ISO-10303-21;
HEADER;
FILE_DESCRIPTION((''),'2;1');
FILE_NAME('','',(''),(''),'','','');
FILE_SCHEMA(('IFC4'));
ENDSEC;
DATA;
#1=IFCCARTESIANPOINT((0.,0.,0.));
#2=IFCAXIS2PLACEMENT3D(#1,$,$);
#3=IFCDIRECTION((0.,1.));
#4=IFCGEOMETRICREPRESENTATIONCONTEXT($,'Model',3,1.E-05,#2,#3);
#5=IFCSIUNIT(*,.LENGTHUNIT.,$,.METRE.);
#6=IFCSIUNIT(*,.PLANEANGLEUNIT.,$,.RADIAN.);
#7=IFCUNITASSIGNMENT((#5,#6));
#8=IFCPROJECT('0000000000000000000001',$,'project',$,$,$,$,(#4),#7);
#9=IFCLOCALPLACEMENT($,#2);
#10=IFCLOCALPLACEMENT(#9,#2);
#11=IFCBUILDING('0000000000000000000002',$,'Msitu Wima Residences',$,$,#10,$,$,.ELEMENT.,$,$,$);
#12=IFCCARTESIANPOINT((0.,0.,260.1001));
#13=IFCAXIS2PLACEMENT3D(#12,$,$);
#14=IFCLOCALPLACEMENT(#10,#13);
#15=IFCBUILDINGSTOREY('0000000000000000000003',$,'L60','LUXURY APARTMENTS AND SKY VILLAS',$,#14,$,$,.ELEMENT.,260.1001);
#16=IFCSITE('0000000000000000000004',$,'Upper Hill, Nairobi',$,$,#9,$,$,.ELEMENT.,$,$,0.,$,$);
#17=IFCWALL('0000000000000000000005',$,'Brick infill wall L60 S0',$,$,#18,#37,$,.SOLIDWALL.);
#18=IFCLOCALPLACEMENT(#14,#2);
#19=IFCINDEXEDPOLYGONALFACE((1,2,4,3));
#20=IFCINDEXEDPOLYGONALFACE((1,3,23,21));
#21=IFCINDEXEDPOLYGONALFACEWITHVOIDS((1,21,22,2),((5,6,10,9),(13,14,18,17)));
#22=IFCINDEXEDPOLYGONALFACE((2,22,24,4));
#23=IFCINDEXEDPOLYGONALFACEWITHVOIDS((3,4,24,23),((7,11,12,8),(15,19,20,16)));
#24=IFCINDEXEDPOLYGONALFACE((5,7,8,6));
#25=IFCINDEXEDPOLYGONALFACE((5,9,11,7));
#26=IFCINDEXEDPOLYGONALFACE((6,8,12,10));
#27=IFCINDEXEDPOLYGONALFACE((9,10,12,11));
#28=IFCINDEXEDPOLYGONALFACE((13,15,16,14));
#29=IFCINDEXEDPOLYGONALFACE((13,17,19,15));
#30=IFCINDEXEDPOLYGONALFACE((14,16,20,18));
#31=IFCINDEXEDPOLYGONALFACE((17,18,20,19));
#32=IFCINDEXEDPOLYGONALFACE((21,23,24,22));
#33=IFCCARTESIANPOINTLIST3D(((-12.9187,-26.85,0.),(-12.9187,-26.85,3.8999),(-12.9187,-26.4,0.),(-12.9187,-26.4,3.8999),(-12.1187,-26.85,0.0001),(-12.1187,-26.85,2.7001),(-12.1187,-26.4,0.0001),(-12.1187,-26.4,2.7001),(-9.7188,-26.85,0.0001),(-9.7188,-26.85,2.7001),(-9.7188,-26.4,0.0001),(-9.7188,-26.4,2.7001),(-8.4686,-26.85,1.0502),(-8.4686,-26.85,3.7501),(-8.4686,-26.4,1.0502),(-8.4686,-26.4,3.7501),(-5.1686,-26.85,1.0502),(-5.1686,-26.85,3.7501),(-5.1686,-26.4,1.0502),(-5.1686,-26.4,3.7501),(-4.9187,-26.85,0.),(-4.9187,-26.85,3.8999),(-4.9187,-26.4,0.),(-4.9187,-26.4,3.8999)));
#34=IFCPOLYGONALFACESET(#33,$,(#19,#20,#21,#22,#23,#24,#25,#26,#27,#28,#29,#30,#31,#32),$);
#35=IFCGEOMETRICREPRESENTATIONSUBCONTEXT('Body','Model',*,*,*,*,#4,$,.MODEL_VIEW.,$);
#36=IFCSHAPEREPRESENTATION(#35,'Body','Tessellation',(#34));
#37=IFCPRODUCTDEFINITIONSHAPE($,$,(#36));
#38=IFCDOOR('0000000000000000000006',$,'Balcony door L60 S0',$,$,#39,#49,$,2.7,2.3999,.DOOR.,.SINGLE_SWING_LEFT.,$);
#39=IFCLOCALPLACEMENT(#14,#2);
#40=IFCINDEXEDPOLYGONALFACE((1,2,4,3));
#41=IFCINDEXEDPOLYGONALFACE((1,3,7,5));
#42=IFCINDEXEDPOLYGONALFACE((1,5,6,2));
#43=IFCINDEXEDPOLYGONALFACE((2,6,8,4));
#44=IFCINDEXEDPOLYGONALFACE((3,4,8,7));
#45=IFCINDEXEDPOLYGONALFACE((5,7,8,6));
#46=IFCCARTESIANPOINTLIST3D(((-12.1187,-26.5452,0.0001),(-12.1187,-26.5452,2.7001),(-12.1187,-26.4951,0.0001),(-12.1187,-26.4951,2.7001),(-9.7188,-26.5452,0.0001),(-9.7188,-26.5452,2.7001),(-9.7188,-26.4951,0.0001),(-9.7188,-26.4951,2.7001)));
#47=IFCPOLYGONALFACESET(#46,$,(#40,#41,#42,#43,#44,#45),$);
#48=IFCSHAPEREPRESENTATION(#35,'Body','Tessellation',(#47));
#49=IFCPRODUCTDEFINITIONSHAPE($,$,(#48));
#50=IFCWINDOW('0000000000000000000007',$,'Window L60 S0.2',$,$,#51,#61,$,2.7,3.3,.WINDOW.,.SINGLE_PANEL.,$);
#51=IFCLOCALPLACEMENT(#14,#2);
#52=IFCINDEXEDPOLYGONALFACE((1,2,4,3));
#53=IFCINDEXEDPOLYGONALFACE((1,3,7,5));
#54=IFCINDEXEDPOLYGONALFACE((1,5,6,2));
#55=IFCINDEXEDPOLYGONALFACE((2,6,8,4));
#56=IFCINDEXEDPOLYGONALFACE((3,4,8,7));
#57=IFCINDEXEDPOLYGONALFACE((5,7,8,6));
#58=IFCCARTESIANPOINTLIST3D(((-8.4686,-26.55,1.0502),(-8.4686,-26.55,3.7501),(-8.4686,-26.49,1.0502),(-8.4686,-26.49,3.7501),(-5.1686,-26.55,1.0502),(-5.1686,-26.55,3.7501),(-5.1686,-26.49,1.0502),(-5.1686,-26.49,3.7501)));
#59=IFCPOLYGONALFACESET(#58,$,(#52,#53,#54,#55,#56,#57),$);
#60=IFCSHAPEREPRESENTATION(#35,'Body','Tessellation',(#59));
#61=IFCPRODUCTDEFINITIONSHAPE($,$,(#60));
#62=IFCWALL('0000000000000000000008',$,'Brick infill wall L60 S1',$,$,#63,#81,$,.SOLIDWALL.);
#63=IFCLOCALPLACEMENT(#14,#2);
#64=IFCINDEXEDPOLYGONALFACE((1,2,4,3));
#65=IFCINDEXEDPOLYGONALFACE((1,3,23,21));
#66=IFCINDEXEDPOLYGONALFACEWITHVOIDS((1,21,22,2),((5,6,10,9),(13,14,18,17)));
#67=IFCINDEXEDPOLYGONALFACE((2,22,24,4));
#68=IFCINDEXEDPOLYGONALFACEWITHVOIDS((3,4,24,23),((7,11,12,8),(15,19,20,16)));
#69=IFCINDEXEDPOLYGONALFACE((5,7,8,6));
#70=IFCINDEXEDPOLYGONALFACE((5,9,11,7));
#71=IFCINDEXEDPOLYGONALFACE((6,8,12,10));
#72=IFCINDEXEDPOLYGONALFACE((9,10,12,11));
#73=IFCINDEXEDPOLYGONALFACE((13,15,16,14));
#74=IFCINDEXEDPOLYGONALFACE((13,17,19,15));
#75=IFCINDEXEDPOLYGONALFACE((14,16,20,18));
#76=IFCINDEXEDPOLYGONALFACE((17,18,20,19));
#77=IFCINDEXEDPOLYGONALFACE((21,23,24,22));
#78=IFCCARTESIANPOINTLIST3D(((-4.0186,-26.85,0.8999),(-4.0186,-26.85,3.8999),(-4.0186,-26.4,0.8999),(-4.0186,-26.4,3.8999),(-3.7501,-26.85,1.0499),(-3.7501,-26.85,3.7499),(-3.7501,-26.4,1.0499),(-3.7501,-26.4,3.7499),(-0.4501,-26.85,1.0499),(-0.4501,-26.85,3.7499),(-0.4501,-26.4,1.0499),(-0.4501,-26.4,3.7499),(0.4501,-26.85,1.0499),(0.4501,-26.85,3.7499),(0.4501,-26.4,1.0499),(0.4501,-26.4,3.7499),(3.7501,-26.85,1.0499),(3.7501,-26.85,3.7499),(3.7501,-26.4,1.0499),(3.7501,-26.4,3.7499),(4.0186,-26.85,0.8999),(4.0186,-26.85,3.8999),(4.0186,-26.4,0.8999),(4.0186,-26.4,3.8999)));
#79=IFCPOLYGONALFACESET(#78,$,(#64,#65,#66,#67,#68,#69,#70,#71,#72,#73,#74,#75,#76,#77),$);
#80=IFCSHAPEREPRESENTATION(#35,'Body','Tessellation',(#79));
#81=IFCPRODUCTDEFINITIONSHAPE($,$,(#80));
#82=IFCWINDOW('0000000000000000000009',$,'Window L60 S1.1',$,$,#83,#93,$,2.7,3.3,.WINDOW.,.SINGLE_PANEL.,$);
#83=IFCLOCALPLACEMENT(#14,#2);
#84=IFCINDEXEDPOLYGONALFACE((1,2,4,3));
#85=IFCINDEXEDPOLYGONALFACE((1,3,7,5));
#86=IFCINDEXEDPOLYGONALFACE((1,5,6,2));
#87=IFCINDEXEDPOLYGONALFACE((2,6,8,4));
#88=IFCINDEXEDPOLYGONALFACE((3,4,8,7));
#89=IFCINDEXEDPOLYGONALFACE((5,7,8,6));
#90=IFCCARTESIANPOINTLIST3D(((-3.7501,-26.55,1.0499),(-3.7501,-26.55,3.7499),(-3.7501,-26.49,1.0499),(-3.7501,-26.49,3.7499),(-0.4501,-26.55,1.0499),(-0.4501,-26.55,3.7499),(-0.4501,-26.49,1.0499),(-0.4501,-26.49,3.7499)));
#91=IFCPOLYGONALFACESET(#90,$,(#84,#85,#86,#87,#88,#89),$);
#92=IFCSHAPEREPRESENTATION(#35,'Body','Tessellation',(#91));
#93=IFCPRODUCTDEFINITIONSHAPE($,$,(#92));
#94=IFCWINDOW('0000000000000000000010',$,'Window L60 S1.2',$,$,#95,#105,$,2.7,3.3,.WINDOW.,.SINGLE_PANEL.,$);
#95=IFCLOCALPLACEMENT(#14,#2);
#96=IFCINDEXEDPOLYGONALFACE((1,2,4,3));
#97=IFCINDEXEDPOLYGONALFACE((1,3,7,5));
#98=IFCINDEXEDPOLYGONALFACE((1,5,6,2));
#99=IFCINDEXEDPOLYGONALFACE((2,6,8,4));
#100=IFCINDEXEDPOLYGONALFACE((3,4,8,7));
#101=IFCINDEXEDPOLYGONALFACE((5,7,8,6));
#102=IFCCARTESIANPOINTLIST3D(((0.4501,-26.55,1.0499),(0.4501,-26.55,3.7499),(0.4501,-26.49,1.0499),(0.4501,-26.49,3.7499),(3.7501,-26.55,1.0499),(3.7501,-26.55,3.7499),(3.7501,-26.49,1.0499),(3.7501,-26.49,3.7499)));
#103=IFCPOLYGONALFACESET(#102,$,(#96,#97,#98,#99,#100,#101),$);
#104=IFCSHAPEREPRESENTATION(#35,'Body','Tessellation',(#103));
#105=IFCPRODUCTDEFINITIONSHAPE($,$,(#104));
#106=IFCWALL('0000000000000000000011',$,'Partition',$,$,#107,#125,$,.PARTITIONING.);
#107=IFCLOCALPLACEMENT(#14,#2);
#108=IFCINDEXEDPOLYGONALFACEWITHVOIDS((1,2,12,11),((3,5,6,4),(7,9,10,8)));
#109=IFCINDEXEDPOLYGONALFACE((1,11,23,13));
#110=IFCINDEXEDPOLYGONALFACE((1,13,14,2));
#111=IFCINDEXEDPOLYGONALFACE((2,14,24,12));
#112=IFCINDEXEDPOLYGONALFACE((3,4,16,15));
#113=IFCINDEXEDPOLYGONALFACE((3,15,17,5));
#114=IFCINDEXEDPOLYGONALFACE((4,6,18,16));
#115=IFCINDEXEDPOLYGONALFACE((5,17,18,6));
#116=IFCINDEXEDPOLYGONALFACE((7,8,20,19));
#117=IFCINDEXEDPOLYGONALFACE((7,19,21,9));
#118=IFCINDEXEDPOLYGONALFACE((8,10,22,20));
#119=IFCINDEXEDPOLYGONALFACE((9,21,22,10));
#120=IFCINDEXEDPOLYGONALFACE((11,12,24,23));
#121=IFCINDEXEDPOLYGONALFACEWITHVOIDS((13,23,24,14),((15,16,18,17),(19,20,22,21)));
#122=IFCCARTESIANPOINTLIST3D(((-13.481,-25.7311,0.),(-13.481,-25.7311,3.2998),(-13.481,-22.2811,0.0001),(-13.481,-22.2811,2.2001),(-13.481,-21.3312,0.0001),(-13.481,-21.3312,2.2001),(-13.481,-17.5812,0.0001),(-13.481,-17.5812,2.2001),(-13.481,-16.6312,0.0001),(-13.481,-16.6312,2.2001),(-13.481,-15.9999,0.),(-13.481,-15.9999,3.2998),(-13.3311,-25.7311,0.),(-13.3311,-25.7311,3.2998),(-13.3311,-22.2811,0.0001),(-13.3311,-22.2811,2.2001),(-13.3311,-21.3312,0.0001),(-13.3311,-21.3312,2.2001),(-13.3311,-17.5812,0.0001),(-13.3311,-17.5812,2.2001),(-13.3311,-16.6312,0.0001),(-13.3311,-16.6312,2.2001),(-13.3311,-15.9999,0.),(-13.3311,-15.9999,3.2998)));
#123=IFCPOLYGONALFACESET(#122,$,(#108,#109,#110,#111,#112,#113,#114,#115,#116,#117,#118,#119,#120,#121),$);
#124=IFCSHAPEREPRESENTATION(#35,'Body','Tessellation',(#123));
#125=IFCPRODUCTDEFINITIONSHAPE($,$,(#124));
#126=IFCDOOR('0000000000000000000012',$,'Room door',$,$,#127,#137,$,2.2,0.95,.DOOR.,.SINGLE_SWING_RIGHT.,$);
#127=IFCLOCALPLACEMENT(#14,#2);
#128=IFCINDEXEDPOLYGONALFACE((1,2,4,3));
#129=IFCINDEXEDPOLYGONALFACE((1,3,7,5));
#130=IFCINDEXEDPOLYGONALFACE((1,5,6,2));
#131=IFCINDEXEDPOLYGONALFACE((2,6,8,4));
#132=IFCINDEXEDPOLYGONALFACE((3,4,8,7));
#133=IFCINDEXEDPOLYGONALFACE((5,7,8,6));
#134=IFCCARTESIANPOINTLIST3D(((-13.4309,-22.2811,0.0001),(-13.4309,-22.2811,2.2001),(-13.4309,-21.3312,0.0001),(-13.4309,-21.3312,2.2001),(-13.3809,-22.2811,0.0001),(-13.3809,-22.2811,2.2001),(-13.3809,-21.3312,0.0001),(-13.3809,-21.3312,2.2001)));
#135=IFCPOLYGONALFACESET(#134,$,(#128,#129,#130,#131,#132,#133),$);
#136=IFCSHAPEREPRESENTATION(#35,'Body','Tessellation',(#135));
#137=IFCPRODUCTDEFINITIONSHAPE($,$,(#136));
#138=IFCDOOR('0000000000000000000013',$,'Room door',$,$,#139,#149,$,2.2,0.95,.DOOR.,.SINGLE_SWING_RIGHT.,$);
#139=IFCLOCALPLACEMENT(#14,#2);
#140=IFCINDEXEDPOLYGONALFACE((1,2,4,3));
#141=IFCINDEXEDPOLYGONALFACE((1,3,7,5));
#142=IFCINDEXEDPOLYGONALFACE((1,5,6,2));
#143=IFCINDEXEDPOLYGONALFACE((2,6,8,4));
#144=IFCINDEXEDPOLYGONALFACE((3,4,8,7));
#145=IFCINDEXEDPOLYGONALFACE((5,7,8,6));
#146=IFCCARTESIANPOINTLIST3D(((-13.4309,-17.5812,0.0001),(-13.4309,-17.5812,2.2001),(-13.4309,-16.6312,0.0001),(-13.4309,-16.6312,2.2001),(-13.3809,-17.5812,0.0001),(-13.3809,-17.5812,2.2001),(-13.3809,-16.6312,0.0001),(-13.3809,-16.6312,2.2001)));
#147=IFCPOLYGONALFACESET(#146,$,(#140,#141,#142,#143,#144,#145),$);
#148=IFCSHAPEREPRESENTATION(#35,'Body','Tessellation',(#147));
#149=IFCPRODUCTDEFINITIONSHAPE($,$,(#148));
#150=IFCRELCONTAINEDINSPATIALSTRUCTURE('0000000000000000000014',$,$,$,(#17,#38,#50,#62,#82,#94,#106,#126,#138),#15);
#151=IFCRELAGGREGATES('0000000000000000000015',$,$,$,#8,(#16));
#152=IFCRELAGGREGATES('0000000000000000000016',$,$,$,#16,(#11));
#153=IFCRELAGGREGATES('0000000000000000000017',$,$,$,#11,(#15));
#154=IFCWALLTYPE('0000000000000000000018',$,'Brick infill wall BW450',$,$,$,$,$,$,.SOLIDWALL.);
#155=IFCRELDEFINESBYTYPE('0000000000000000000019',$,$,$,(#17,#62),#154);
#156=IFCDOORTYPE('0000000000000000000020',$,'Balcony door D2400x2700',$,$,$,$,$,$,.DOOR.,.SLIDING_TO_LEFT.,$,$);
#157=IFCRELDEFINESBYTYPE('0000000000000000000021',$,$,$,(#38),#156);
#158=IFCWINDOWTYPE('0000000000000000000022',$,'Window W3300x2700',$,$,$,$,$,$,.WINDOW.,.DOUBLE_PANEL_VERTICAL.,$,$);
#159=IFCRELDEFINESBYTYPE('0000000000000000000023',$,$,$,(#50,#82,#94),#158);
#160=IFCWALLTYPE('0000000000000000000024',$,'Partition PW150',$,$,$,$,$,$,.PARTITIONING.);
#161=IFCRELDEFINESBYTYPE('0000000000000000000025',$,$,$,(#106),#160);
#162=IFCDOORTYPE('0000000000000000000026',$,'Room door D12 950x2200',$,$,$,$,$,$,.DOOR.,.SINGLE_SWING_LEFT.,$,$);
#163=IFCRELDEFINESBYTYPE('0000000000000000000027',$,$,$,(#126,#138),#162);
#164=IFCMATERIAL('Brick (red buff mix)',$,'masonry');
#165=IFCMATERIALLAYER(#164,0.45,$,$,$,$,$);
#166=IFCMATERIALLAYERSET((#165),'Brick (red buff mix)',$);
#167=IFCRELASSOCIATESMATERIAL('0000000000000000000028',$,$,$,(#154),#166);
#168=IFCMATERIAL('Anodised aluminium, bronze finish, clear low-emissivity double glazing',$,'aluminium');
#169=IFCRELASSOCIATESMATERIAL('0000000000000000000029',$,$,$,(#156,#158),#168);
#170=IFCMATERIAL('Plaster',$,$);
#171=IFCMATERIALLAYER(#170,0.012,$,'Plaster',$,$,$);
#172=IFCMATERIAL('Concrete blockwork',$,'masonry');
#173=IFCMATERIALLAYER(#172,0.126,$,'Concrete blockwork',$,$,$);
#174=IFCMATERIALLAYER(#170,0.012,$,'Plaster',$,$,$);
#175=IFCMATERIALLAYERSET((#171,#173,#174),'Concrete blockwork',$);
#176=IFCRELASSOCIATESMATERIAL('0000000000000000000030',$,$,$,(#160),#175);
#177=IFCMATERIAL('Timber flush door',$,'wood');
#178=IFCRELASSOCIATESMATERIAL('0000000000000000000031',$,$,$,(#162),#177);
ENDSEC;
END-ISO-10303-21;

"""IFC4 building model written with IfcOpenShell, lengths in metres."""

from ifc_helpers import new_model, si_unit, direction, frame, frame_2d, origin, place, context, subcontext, project, spatial, rectangle, extrude, material, layer, layer_set, type_object, element, fill, save


model = new_model("IFC4")

# Units and contexts
model_context = context("Model", 3, precision=1e-05, world=origin(), true_north=direction((0.0, 1.0)))
body_context = subcontext(model_context, "Body", "Model", "MODEL_VIEW")
ifc_project = project(units=[si_unit("LENGTHUNIT", "METRE"), si_unit("PLANEANGLEUNIT", "RADIAN")], contexts=[model_context])

# Site, building, storey
site_placement = place(None, origin())
site = spatial("IfcSite", under=ifc_project, at=site_placement, Name="Upper Hill, Nairobi", CompositionType="ELEMENT", RefElevation=0.0)
building_placement = place(site_placement, origin())
building = spatial("IfcBuilding", under=site, at=building_placement, Name="Msitu Wima Residences", CompositionType="ELEMENT")
storey_placement = place(building_placement, frame((0.0, 0.0, 260.1001)))
storey = spatial("IfcBuildingStorey", under=building, at=storey_placement, Name="L60", Description="LUXURY APARTMENTS AND SKY VILLAS", CompositionType="ELEMENT", Elevation=260.1001)

# Wall, openings, door, window
ifc_material_1 = material(Name="Brick (red buff mix)", Category="masonry")
ifc_layer_1 = layer(ifc_material_1, 0.45)
ifc_layer_set_1 = layer_set([ifc_layer_1], Name="Brick (red buff mix)")
wall_type_1 = type_object("IfcWallType", Name="Brick infill wall BW450", PredefinedType="SOLIDWALL", material=ifc_layer_set_1)
wall_1_placement = place(storey_placement, frame((-12.9187, -26.625, 0.0), z_axis=(0.0, 0.0, 1.0), x_axis=(1.0, 0.0, 0.0)))
wall_1 = element("IfcWall", 1, at=wall_1_placement, inside=storey, type_object=wall_type_1, Name="Brick infill wall L60 S0", PredefinedType="SOLIDWALL", context=body_context, shape_type="SweptSolid", body=[
    extrude(rectangle(XDim=8.0, YDim=0.45, at=frame_2d((4.0, 0.0))), origin(), (0.0, 0.0, 1.0), 3.8999),
])
opening_1_placement = place(wall_1_placement, frame((0.8, 0.0, 0.0)))
opening_1 = element("IfcOpeningElement", 2, at=opening_1_placement, cuts=wall_1, PredefinedType="OPENING", context=body_context, shape_type="SweptSolid", body=[
    extrude(rectangle(XDim=2.3999, YDim=2.7, at=frame_2d((1.2, 1.3501))), frame((0.0, 0.2349, 0.0), z_axis=(0.0, -1.0, 0.0), x_axis=(1.0, 0.0, 0.0)), (0.0, 0.0, 1.0), 0.47),
])
opening_2_placement = place(wall_1_placement, frame((4.4502, 0.0, 1.05)))
opening_2 = element("IfcOpeningElement", 3, at=opening_2_placement, cuts=wall_1, PredefinedType="OPENING", context=body_context, shape_type="SweptSolid", body=[
    extrude(rectangle(XDim=3.3, YDim=2.7, at=frame_2d((1.6499, 1.3501))), frame((0.0, 0.2349, 0.0), z_axis=(0.0, -1.0, 0.0), x_axis=(1.0, 0.0, 0.0)), (0.0, 0.0, 1.0), 0.47),
])
ifc_material_2 = material(Name="Anodised aluminium, bronze finish, clear low-emissivity double glazing", Category="aluminium")
door_type_1 = type_object("IfcDoorType", Name="Balcony door D2400x2700", OperationType="SLIDING_TO_LEFT", PredefinedType="DOOR", material=ifc_material_2)
door_1_placement = place(opening_1_placement, origin())
door_1 = element("IfcDoor", 4, at=door_1_placement, inside=storey, type_object=door_type_1, Name="Balcony door L60 S0", OperationType="SINGLE_SWING_LEFT", OverallHeight=2.7, OverallWidth=2.3999, PredefinedType="DOOR", context=body_context, shape_type="SweptSolid", body=[
    extrude(rectangle(XDim=2.3999, YDim=2.7, at=frame_2d((1.2, 1.3501))), frame((0.0, 0.1299, 0.0), z_axis=(0.0, -1.0, 0.0), x_axis=(1.0, 0.0, 0.0)), (0.0, 0.0, 1.0), 0.05),
])
fill(opening_1, door_1)
window_type = type_object("IfcWindowType", Name="Window W3300x2700", PartitioningType="DOUBLE_PANEL_VERTICAL", PredefinedType="WINDOW", material=ifc_material_2)
window_1_placement = place(opening_2_placement, origin())
window_1 = element("IfcWindow", 5, at=window_1_placement, inside=storey, type_object=window_type, Name="Window L60 S0.2", OverallHeight=2.7, OverallWidth=3.3, PartitioningType="SINGLE_PANEL", PredefinedType="WINDOW", context=body_context, shape_type="SweptSolid", body=[
    extrude(rectangle(XDim=3.3, YDim=2.7, at=frame_2d((1.6499, 1.3501))), frame((0.0, 0.135, 0.0), z_axis=(0.0, -1.0, 0.0), x_axis=(1.0, 0.0, 0.0)), (0.0, 0.0, 1.0), 0.0601),
])
fill(opening_2, window_1)

# Wall, openings, windows
wall_2_placement = place(storey_placement, frame((-4.0186, -26.625, 0.8999), z_axis=(0.0, 0.0, 1.0), x_axis=(1.0, 0.0, 0.0)))
wall_2 = element("IfcWall", 6, at=wall_2_placement, inside=storey, type_object=wall_type_1, Name="Brick infill wall L60 S1", PredefinedType="SOLIDWALL", context=body_context, shape_type="SweptSolid", body=[
    extrude(rectangle(XDim=8.0371, YDim=0.45, at=frame_2d((4.0186, 0.0))), origin(), (0.0, 0.0, 1.0), 3.0),
])
opening_3_placement = place(wall_2_placement, frame((0.2686, 0.0, 0.1499)))
opening_3 = element("IfcOpeningElement", 7, at=opening_3_placement, cuts=wall_2, PredefinedType="OPENING", context=body_context, shape_type="SweptSolid", body=[
    extrude(rectangle(XDim=3.3, YDim=2.7, at=frame_2d((1.6499, 1.3501))), frame((0.0, 0.2349, 0.0), z_axis=(0.0, -1.0, 0.0), x_axis=(1.0, 0.0, 0.0)), (0.0, 0.0, 1.0), 0.47),
])
opening_4_placement = place(wall_2_placement, frame((4.4688, 0.0, 0.1499)))
opening_4 = element("IfcOpeningElement", 8, at=opening_4_placement, cuts=wall_2, PredefinedType="OPENING", context=body_context, shape_type="SweptSolid", body=[
    extrude(rectangle(XDim=3.3, YDim=2.7, at=frame_2d((1.6499, 1.3501))), frame((0.0, 0.2349, 0.0), z_axis=(0.0, -1.0, 0.0), x_axis=(1.0, 0.0, 0.0)), (0.0, 0.0, 1.0), 0.47),
])
window_2_placement = place(opening_3_placement, origin())
window_2 = element("IfcWindow", 9, at=window_2_placement, inside=storey, type_object=window_type, Name="Window L60 S1.1", OverallHeight=2.7, OverallWidth=3.3, PartitioningType="SINGLE_PANEL", PredefinedType="WINDOW", context=body_context, shape_type="SweptSolid", body=[
    extrude(rectangle(XDim=3.3, YDim=2.7, at=frame_2d((1.6499, 1.3501))), frame((0.0, 0.135, 0.0), z_axis=(0.0, -1.0, 0.0), x_axis=(1.0, 0.0, 0.0)), (0.0, 0.0, 1.0), 0.0601),
])
fill(opening_3, window_2)
window_3_placement = place(opening_4_placement, origin())
window_3 = element("IfcWindow", 10, at=window_3_placement, inside=storey, type_object=window_type, Name="Window L60 S1.2", OverallHeight=2.7, OverallWidth=3.3, PartitioningType="SINGLE_PANEL", PredefinedType="WINDOW", context=body_context, shape_type="SweptSolid", body=[
    extrude(rectangle(XDim=3.3, YDim=2.7, at=frame_2d((1.6499, 1.3501))), frame((0.0, 0.135, 0.0), z_axis=(0.0, -1.0, 0.0), x_axis=(1.0, 0.0, 0.0)), (0.0, 0.0, 1.0), 0.0601),
])
fill(opening_4, window_3)

# Wall, openings, doors
ifc_material_3 = material(Name="Plaster")
ifc_layer_2 = layer(ifc_material_3, 0.012, Name="Plaster")
ifc_material_4 = material(Name="Concrete blockwork", Category="masonry")
ifc_layer_3 = layer(ifc_material_4, 0.126, Name="Concrete blockwork")
ifc_layer_4 = layer(ifc_material_3, 0.012, Name="Plaster")
ifc_layer_set_2 = layer_set([ifc_layer_2, ifc_layer_3, ifc_layer_4], Name="Concrete blockwork")
wall_type_2 = type_object("IfcWallType", Name="Partition PW150", PredefinedType="PARTITIONING", material=ifc_layer_set_2)
wall_3_placement = place(storey_placement, frame((-13.406, -25.7312, 0.0), z_axis=(0.0, 0.0, 1.0), x_axis=(0.0, 1.0, 0.0)))
wall_3 = element("IfcWall", 11, at=wall_3_placement, inside=storey, type_object=wall_type_2, Name="Partition", PredefinedType="PARTITIONING", context=body_context, shape_type="SweptSolid", body=[
    extrude(rectangle(XDim=9.7312, YDim=0.1499, at=frame_2d((4.8657, 0.0))), origin(), (0.0, 0.0, 1.0), 3.2998),
])
opening_5_placement = place(wall_3_placement, frame((3.45, 0.0, 0.0)))
opening_5 = element("IfcOpeningElement", 12, at=opening_5_placement, cuts=wall_3, PredefinedType="OPENING", context=body_context, shape_type="SweptSolid", body=[
    extrude(rectangle(XDim=0.95, YDim=2.2, at=frame_2d((0.4751, 1.1001))), frame((0.0, 0.085, 0.0), z_axis=(0.0, -1.0, 0.0), x_axis=(1.0, 0.0, 0.0)), (0.0, 0.0, 1.0), 0.1699),
])
opening_6_placement = place(wall_3_placement, frame((8.1499, 0.0, 0.0)))
opening_6 = element("IfcOpeningElement", 13, at=opening_6_placement, cuts=wall_3, PredefinedType="OPENING", context=body_context, shape_type="SweptSolid", body=[
    extrude(rectangle(XDim=0.95, YDim=2.2, at=frame_2d((0.4751, 1.1001))), frame((0.0, 0.085, 0.0), z_axis=(0.0, -1.0, 0.0), x_axis=(1.0, 0.0, 0.0)), (0.0, 0.0, 1.0), 0.1699),
])
ifc_material_5 = material(Name="Timber flush door", Category="wood")
door_type_2 = type_object("IfcDoorType", Name="Room door D12 950x2200", OperationType="SINGLE_SWING_LEFT", PredefinedType="DOOR", material=ifc_material_5)
door_2_placement = place(opening_5_placement, origin())
door_2 = element("IfcDoor", 14, at=door_2_placement, inside=storey, type_object=door_type_2, Name="Room door", OperationType="SINGLE_SWING_RIGHT", OverallHeight=2.2, OverallWidth=0.95, PredefinedType="DOOR", context=body_context, shape_type="SweptSolid", body=[
    extrude(rectangle(XDim=0.95, YDim=2.2, at=frame_2d((0.4751, 1.1001))), frame((0.0, 0.0249, 0.0), z_axis=(0.0, -1.0, 0.0), x_axis=(1.0, 0.0, 0.0)), (0.0, 0.0, 1.0), 0.05),
])
fill(opening_5, door_2)
door_3_placement = place(opening_6_placement, origin())
door_3 = element("IfcDoor", 15, at=door_3_placement, inside=storey, type_object=door_type_2, Name="Room door", OperationType="SINGLE_SWING_RIGHT", OverallHeight=2.2, OverallWidth=0.95, PredefinedType="DOOR", context=body_context, shape_type="SweptSolid", body=[
    extrude(rectangle(XDim=0.95, YDim=2.2, at=frame_2d((0.4751, 1.1001))), frame((0.0, 0.0249, 0.0), z_axis=(0.0, -1.0, 0.0), x_axis=(1.0, 0.0, 0.0)), (0.0, 0.0, 1.0), 0.05),
])
fill(opening_6, door_3)

save(model, "model.ifc")
